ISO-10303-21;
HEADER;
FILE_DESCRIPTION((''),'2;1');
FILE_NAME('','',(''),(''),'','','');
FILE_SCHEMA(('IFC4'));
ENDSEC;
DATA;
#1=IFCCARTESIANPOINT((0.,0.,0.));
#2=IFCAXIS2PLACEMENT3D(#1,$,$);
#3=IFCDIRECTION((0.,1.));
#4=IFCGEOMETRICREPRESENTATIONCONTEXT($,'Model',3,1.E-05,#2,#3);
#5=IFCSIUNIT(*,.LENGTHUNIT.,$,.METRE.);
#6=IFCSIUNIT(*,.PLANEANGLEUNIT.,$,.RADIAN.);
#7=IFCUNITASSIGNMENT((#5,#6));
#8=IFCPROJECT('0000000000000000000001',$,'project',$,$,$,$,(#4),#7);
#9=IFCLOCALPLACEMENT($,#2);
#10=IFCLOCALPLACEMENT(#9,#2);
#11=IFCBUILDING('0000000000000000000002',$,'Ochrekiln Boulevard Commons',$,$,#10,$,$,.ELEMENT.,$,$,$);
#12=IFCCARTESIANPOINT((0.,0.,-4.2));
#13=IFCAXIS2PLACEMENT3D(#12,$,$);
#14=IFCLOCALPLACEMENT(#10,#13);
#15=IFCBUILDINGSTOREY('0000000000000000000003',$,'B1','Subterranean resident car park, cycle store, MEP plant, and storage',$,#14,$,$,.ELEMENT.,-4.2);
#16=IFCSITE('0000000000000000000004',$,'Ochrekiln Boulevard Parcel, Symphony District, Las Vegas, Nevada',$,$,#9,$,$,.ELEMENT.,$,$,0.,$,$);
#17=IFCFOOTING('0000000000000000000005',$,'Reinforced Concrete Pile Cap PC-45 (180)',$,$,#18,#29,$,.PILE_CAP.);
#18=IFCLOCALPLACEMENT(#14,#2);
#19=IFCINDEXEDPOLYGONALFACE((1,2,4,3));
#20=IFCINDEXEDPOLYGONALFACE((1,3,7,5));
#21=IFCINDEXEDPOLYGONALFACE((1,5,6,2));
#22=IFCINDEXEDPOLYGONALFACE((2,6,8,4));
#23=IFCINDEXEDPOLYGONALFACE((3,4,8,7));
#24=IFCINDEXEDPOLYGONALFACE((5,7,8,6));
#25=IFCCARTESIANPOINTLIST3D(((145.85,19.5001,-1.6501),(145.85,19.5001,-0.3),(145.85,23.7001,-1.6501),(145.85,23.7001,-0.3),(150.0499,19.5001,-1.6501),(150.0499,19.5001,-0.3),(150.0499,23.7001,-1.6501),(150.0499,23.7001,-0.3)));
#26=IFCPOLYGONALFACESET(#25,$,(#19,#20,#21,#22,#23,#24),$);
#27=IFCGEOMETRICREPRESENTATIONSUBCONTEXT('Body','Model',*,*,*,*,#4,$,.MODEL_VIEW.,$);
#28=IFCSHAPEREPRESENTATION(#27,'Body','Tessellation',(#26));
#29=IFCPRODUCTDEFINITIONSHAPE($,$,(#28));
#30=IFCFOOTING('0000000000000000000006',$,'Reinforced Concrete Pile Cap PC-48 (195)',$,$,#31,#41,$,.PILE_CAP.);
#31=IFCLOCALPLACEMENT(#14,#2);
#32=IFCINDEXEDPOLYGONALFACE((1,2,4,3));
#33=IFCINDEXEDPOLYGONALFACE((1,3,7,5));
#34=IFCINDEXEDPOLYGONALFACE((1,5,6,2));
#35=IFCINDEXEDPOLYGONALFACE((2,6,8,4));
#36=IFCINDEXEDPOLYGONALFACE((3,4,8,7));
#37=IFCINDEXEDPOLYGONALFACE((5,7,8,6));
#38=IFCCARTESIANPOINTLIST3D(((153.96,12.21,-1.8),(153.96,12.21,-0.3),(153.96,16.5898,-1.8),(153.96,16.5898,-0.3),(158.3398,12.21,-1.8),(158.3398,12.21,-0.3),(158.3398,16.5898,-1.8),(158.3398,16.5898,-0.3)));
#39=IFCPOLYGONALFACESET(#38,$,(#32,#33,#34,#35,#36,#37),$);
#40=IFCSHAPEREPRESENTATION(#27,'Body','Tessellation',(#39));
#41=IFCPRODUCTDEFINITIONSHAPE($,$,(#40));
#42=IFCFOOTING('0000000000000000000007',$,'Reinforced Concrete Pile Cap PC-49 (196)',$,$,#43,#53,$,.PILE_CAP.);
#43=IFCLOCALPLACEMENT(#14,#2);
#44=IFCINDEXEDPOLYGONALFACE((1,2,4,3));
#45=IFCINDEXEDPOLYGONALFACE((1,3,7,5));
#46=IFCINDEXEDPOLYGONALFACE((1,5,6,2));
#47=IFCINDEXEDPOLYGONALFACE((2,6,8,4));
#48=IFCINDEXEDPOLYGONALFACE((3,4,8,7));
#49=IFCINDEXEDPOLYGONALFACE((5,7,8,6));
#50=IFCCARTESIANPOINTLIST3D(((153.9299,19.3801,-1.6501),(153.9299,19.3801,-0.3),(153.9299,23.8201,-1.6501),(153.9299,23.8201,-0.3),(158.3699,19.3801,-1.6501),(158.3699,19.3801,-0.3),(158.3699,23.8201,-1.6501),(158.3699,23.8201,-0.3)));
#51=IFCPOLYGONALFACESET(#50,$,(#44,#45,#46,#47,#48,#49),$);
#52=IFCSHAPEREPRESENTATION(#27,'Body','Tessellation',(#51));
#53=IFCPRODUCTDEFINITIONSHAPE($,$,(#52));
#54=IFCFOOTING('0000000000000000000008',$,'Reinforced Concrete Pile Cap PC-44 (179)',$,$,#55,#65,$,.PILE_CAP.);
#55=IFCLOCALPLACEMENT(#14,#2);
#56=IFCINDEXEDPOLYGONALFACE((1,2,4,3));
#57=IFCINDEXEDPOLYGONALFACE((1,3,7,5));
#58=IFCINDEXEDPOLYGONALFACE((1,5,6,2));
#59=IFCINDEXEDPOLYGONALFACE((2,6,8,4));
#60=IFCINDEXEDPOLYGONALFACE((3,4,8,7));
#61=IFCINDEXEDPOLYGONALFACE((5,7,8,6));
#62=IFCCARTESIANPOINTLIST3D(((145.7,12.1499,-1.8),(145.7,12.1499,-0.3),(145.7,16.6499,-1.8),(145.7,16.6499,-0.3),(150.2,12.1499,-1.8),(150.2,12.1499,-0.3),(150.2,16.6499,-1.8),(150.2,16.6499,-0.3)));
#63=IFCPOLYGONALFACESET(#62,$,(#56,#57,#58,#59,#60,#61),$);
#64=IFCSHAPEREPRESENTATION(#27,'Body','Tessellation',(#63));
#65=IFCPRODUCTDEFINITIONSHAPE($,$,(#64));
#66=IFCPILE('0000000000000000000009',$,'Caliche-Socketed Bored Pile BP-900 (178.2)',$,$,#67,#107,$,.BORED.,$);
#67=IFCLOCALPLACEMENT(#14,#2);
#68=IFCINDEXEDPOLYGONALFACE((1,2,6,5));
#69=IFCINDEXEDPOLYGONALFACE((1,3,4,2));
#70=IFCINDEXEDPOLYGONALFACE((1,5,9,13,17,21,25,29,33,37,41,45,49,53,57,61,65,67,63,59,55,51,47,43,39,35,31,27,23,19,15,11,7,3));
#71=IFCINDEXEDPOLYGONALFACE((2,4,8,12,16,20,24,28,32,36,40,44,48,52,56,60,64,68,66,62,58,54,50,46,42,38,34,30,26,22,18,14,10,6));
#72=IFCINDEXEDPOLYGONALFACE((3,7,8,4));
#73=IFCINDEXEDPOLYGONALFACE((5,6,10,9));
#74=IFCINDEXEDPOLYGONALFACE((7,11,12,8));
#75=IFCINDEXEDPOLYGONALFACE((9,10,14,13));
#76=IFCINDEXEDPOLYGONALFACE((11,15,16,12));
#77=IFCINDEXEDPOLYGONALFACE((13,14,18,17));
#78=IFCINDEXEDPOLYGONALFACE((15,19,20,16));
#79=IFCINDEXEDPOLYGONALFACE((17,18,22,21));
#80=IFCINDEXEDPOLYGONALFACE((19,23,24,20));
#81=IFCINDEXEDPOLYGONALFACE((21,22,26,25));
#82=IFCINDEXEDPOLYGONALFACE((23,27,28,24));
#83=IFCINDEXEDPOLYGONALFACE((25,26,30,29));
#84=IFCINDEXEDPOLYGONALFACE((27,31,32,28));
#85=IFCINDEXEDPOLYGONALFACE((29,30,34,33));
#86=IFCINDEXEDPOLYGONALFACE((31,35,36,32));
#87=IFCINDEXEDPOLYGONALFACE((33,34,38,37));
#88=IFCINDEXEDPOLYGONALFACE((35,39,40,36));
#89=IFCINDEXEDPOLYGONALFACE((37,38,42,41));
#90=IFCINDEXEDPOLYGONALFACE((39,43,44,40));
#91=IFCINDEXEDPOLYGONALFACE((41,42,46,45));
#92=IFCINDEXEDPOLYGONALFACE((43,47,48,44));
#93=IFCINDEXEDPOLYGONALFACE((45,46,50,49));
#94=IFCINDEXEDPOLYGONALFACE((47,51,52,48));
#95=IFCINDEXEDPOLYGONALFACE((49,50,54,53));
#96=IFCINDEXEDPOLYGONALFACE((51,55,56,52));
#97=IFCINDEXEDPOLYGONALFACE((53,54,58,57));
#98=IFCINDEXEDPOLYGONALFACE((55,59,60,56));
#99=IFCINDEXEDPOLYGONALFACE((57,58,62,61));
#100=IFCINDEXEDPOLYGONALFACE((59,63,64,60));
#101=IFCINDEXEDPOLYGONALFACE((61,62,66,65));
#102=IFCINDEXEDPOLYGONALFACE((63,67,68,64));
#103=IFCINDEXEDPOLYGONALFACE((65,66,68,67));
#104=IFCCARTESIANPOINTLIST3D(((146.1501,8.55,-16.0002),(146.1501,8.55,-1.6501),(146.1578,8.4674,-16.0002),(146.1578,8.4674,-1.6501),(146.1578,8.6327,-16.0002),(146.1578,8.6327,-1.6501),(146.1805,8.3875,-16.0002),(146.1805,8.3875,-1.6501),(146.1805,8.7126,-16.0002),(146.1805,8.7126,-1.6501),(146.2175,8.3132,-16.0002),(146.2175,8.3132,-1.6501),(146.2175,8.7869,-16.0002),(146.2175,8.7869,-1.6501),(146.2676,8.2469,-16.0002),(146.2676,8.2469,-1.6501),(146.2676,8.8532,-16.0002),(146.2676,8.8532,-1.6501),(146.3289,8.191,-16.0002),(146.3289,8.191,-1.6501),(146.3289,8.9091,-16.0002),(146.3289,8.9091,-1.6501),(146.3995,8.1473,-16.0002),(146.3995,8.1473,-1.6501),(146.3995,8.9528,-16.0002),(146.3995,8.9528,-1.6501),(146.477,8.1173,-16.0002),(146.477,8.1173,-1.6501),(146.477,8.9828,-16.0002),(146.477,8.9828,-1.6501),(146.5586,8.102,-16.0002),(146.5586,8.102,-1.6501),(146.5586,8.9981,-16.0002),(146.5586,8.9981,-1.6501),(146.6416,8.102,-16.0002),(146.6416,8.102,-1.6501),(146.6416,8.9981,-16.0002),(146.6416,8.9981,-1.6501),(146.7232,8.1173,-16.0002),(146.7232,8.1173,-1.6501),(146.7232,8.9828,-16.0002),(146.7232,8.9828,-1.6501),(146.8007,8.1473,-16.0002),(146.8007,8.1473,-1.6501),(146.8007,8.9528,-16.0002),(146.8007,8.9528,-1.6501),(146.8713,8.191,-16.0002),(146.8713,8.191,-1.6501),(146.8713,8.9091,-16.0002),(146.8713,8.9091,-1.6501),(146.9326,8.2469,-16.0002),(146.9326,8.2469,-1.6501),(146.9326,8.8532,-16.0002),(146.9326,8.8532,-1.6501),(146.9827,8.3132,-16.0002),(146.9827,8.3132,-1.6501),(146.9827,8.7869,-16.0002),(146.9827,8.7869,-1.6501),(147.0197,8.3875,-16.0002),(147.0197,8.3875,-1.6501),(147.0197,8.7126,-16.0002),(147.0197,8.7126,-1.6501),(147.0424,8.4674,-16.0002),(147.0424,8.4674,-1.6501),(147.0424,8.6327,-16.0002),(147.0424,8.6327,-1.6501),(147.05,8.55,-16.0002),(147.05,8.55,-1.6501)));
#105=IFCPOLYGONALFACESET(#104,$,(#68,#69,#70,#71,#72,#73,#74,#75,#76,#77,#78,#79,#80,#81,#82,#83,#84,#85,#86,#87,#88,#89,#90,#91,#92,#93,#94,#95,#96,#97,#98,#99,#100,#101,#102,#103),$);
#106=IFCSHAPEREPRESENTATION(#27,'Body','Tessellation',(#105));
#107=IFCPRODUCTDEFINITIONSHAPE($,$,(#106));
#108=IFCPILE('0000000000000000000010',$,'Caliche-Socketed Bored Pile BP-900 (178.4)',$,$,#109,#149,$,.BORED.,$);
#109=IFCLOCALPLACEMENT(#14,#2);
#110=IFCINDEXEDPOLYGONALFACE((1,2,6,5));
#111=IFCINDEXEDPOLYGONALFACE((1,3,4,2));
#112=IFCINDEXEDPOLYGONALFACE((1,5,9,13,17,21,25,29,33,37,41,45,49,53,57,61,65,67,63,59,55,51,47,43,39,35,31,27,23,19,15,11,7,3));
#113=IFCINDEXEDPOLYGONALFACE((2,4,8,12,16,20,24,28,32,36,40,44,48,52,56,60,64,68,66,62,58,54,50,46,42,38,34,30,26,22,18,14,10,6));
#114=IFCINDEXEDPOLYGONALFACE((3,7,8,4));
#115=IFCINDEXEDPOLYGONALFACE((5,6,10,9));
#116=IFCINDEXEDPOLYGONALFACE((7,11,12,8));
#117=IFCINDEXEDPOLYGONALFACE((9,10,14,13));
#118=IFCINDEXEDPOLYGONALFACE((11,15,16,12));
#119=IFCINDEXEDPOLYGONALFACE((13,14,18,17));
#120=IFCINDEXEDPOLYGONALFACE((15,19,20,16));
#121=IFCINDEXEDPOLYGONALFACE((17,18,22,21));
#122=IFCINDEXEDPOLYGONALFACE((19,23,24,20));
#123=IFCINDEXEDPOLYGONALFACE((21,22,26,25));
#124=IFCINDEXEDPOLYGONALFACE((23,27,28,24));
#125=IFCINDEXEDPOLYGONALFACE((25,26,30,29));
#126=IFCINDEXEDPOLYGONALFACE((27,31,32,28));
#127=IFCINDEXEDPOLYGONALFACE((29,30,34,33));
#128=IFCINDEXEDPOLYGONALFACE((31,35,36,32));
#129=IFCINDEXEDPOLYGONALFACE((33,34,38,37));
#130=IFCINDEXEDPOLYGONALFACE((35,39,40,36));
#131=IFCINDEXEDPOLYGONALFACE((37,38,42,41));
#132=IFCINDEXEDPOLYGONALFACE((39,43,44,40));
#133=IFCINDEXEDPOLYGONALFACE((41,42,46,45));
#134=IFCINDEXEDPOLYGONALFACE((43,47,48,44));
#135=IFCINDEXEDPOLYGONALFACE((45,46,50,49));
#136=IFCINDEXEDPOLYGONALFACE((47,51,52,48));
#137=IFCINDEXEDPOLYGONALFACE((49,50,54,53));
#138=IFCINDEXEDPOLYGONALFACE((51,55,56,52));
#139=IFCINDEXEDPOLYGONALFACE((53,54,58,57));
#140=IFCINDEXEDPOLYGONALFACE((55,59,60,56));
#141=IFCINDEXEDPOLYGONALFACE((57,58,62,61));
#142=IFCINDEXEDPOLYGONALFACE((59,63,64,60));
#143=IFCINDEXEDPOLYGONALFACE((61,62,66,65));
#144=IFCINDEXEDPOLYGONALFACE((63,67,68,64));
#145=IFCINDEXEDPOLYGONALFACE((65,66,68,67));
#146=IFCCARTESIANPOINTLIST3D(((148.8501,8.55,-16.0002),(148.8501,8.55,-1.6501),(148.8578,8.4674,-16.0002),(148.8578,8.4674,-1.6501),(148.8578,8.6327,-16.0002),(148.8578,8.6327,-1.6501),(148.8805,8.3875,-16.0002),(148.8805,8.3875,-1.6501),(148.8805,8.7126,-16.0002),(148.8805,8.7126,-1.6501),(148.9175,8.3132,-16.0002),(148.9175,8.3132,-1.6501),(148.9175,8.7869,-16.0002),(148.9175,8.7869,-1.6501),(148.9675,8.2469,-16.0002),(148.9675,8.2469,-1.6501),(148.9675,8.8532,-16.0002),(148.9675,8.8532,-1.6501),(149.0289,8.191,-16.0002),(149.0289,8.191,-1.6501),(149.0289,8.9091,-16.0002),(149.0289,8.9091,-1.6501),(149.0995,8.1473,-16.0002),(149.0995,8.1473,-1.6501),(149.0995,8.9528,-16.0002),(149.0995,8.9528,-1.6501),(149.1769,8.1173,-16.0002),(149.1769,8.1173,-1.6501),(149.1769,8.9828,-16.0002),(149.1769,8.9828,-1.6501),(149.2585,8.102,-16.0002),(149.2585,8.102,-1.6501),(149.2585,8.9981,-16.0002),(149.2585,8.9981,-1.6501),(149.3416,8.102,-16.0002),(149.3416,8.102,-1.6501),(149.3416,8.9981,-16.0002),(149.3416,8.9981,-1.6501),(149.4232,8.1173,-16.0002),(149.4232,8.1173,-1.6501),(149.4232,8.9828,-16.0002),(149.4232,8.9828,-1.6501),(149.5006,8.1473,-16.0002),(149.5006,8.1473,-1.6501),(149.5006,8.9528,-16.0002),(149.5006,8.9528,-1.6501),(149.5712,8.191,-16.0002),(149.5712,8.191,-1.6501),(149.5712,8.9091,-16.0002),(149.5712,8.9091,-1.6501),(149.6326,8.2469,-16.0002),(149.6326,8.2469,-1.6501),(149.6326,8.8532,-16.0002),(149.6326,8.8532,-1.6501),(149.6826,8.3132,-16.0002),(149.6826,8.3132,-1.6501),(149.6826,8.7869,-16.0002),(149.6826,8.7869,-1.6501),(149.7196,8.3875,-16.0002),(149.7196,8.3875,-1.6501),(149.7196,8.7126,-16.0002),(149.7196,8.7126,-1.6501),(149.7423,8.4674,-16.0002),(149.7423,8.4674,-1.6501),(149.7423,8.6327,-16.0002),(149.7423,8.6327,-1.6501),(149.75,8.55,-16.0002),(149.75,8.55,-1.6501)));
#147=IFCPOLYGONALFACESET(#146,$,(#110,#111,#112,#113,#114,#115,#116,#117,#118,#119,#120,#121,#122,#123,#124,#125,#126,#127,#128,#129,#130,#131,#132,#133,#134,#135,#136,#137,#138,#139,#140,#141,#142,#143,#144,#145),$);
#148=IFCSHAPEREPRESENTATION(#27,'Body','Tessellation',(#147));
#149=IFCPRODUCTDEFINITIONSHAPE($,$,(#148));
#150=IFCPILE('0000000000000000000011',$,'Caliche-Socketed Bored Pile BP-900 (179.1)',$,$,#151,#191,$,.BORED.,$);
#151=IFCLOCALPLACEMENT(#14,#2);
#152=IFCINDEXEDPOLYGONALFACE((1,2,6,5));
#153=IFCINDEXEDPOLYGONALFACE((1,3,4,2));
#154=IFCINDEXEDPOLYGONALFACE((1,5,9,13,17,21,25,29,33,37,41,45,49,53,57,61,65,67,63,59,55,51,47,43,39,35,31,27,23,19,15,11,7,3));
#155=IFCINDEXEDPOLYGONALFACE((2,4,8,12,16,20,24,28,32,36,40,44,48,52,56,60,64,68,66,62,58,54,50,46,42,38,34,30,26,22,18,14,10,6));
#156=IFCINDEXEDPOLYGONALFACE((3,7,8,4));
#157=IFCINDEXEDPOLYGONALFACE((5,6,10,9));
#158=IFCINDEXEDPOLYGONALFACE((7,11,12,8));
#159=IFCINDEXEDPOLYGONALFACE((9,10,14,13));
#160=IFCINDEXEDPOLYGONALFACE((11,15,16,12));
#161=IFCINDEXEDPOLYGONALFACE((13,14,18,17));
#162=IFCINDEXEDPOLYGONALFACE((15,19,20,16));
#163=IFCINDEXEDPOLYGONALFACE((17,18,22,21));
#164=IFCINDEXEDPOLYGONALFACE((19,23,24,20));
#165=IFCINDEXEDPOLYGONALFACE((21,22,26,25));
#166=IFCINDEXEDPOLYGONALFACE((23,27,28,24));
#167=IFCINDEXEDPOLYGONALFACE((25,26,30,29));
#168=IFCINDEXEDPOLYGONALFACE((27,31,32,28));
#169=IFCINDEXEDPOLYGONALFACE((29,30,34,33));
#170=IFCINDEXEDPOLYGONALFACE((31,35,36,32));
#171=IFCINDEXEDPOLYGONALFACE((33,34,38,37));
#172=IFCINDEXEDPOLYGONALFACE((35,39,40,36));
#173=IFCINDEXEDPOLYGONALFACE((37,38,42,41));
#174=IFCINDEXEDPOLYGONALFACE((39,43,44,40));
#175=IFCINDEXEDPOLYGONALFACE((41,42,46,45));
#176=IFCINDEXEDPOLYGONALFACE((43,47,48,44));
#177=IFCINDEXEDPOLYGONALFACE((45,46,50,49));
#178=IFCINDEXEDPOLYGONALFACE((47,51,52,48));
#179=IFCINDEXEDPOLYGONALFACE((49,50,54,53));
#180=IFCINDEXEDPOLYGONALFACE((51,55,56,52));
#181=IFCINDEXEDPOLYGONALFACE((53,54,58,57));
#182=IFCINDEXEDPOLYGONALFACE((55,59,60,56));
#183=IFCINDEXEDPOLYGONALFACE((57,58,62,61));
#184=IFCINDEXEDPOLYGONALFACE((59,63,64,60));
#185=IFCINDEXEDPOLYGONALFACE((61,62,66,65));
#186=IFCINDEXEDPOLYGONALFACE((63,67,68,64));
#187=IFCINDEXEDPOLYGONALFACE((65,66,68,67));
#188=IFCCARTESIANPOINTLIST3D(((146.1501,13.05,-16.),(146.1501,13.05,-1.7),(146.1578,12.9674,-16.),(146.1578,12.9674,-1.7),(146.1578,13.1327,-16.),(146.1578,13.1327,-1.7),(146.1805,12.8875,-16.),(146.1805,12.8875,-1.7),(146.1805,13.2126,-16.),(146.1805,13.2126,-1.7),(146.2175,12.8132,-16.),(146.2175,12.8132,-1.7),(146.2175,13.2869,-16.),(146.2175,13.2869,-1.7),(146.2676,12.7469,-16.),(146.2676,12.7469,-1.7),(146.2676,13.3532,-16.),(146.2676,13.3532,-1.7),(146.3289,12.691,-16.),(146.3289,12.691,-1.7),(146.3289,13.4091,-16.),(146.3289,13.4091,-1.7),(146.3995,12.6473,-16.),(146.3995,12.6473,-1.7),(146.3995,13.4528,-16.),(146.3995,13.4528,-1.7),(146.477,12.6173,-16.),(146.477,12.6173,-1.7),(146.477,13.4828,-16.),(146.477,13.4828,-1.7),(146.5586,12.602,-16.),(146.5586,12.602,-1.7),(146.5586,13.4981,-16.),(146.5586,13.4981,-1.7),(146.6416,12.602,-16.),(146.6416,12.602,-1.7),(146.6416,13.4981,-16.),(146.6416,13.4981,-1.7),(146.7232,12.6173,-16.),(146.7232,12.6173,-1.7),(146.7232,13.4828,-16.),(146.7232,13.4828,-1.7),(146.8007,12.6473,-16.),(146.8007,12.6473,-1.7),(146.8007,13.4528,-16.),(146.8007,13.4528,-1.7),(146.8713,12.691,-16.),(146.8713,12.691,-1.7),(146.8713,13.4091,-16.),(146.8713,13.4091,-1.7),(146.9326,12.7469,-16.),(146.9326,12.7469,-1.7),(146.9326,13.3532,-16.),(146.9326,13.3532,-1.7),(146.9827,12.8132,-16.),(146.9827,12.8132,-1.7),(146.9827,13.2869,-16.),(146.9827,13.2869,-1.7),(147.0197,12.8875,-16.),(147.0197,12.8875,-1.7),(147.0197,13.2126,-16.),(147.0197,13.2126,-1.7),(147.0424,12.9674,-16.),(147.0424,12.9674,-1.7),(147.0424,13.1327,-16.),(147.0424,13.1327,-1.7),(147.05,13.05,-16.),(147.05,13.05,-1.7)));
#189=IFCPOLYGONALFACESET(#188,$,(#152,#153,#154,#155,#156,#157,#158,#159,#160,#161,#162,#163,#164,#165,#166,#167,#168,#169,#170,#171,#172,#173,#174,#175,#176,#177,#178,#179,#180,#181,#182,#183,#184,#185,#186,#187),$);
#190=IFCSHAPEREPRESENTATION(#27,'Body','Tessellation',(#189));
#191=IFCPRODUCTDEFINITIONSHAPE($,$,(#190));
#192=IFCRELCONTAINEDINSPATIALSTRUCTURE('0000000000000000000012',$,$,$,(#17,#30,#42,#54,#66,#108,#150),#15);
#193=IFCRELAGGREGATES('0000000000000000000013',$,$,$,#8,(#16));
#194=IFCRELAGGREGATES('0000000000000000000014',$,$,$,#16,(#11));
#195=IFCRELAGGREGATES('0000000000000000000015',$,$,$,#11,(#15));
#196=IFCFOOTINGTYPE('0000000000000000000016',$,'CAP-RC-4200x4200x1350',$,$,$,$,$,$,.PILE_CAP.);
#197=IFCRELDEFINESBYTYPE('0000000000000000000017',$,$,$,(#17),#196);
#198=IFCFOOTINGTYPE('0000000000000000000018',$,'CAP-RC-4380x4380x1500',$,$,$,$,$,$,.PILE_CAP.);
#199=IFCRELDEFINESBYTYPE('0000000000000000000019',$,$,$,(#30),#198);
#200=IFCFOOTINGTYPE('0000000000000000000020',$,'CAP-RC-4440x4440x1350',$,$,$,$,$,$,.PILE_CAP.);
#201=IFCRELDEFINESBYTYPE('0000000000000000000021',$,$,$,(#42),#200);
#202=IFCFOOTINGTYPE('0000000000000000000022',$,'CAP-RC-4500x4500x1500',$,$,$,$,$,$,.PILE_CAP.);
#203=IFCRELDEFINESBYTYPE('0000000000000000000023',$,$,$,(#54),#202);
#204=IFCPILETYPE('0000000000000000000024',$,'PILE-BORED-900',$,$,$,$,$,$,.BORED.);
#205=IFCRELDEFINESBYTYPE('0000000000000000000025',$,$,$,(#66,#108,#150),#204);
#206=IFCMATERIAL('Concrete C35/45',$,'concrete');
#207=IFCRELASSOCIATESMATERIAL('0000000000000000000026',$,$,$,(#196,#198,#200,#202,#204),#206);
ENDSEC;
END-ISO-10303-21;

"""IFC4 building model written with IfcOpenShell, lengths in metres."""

from ifc_helpers import new_model, si_unit, direction, frame, origin, origin_2d, place, context, subcontext, project, spatial, rectangle, circle, extrude, material, material_profile, profile_set, type_object, element, save


model = new_model("IFC4")

# Units and contexts
model_context = context("Model", 3, precision=1e-05, world=origin(), true_north=direction((0.0, 1.0)))
body_context = subcontext(model_context, "Body", "Model", "MODEL_VIEW")
ifc_project = project(units=[si_unit("LENGTHUNIT", "METRE"), si_unit("PLANEANGLEUNIT", "RADIAN")], contexts=[model_context])

# Site, building, storey
site_placement = place(None, origin())
site = spatial("IfcSite", under=ifc_project, at=site_placement, Name="Ochrekiln Boulevard Parcel, Symphony District, Las Vegas, Nevada", CompositionType="ELEMENT", RefElevation=0.0)
building_placement = place(site_placement, origin())
building = spatial("IfcBuilding", under=site, at=building_placement, Name="Ochrekiln Boulevard Commons", CompositionType="ELEMENT")
storey_placement = place(building_placement, frame((0.0, 0.0, -4.2)))
storey = spatial("IfcBuildingStorey", under=building, at=storey_placement, Name="B1", Description="Subterranean resident car park, cycle store, MEP plant, and storage", CompositionType="ELEMENT", Elevation=-4.2)

# Footings
ifc_material_1 = material(Name="Concrete C35/45", Category="concrete")
footing_type_1 = type_object("IfcFootingType", Name="CAP-RC-4200x4200x1350", PredefinedType="PILE_CAP", material=ifc_material_1)
footing_1_placement = place(storey_placement, frame((147.95, 21.6001, -1.6501), z_axis=(0.0, 0.0, 1.0), x_axis=(1.0, 0.0, 0.0)))
element("IfcFooting", 1, at=footing_1_placement, inside=storey, type_object=footing_type_1, Name="Reinforced Concrete Pile Cap PC-45 (180)", PredefinedType="PILE_CAP", context=body_context, shape_type="SweptSolid", body=[
    extrude(rectangle(XDim=4.2, YDim=4.2, at=origin_2d()), origin(), (0.0, 0.0, 1.0), 1.3501),
])
footing_type_2 = type_object("IfcFootingType", Name="CAP-RC-4380x4380x1500", PredefinedType="PILE_CAP", material=ifc_material_1)
footing_2_placement = place(storey_placement, frame((156.1499, 14.3999, -1.8), z_axis=(0.0, 0.0, 1.0), x_axis=(1.0, 0.0, 0.0)))
element("IfcFooting", 2, at=footing_2_placement, inside=storey, type_object=footing_type_2, Name="Reinforced Concrete Pile Cap PC-48 (195)", PredefinedType="PILE_CAP", context=body_context, shape_type="SweptSolid", body=[
    extrude(rectangle(XDim=4.3799, YDim=4.3799, at=origin_2d()), origin(), (0.0, 0.0, 1.0), 1.5),
])
footing_type_3 = type_object("IfcFootingType", Name="CAP-RC-4440x4440x1350", PredefinedType="PILE_CAP", material=ifc_material_1)
footing_3_placement = place(storey_placement, frame((156.1499, 21.6001, -1.6501), z_axis=(0.0, 0.0, 1.0), x_axis=(1.0, 0.0, 0.0)))
element("IfcFooting", 3, at=footing_3_placement, inside=storey, type_object=footing_type_3, Name="Reinforced Concrete Pile Cap PC-49 (196)", PredefinedType="PILE_CAP", context=body_context, shape_type="SweptSolid", body=[
    extrude(rectangle(XDim=4.4399, YDim=4.4399, at=origin_2d()), origin(), (0.0, 0.0, 1.0), 1.3501),
])
footing_type_4 = type_object("IfcFootingType", Name="CAP-RC-4500x4500x1500", PredefinedType="PILE_CAP", material=ifc_material_1)
footing_4_placement = place(storey_placement, frame((147.95, 14.3999, -1.8), z_axis=(0.0, 0.0, 1.0), x_axis=(1.0, 0.0, 0.0)))
element("IfcFooting", 4, at=footing_4_placement, inside=storey, type_object=footing_type_4, Name="Reinforced Concrete Pile Cap PC-44 (179)", PredefinedType="PILE_CAP", context=body_context, shape_type="SweptSolid", body=[
    extrude(rectangle(XDim=4.5, YDim=4.5, at=origin_2d()), origin(), (0.0, 0.0, 1.0), 1.5),
])

# Piles
ifc_material_profile_1 = material_profile(ifc_material_1, circle(Radius=0.45, at=origin_2d()), Name="PILE-D900")
ifc_profile_set_1 = profile_set([ifc_material_profile_1], Name="Concrete C35/45")
pile_type = type_object("IfcPileType", Name="PILE-BORED-900", PredefinedType="BORED", material=ifc_profile_set_1)
for number, where, z_axis, x_axis, name in (
    (5, (146.6001, 8.55, -1.6501), (0.0, 0.0, -1.0), (1.0, 0.0, 0.0), "Caliche-Socketed Bored Pile BP-900 (178.2)"),
    (6, (149.3, 8.55, -1.6501), (0.0, 0.0, -1.0), (1.0, 0.0, 0.0), "Caliche-Socketed Bored Pile BP-900 (178.4)"),
):
    element("IfcPile", number, at=place(storey_placement, frame(where, z_axis=z_axis, x_axis=x_axis)), inside=storey, type_object=pile_type, Name=name, PredefinedType="BORED", context=body_context, shape_type="SweptSolid", body=[
        extrude(circle(Radius=0.45, at=origin_2d()), origin(), (0.0, 0.0, 1.0), 14.3501),
    ])
for number, where, z_axis, x_axis, name in (
    (7, (146.6001, 13.05, -1.7), (0.0, 0.0, -1.0), (1.0, 0.0, 0.0), "Caliche-Socketed Bored Pile BP-900 (179.1)"),
):
    element("IfcPile", number, at=place(storey_placement, frame(where, z_axis=z_axis, x_axis=x_axis)), inside=storey, type_object=pile_type, Name=name, PredefinedType="BORED", context=body_context, shape_type="SweptSolid", body=[
        extrude(circle(Radius=0.45, at=origin_2d()), origin(), (0.0, 0.0, 1.0), 14.3),
    ])

save(model, "model.ifc")
